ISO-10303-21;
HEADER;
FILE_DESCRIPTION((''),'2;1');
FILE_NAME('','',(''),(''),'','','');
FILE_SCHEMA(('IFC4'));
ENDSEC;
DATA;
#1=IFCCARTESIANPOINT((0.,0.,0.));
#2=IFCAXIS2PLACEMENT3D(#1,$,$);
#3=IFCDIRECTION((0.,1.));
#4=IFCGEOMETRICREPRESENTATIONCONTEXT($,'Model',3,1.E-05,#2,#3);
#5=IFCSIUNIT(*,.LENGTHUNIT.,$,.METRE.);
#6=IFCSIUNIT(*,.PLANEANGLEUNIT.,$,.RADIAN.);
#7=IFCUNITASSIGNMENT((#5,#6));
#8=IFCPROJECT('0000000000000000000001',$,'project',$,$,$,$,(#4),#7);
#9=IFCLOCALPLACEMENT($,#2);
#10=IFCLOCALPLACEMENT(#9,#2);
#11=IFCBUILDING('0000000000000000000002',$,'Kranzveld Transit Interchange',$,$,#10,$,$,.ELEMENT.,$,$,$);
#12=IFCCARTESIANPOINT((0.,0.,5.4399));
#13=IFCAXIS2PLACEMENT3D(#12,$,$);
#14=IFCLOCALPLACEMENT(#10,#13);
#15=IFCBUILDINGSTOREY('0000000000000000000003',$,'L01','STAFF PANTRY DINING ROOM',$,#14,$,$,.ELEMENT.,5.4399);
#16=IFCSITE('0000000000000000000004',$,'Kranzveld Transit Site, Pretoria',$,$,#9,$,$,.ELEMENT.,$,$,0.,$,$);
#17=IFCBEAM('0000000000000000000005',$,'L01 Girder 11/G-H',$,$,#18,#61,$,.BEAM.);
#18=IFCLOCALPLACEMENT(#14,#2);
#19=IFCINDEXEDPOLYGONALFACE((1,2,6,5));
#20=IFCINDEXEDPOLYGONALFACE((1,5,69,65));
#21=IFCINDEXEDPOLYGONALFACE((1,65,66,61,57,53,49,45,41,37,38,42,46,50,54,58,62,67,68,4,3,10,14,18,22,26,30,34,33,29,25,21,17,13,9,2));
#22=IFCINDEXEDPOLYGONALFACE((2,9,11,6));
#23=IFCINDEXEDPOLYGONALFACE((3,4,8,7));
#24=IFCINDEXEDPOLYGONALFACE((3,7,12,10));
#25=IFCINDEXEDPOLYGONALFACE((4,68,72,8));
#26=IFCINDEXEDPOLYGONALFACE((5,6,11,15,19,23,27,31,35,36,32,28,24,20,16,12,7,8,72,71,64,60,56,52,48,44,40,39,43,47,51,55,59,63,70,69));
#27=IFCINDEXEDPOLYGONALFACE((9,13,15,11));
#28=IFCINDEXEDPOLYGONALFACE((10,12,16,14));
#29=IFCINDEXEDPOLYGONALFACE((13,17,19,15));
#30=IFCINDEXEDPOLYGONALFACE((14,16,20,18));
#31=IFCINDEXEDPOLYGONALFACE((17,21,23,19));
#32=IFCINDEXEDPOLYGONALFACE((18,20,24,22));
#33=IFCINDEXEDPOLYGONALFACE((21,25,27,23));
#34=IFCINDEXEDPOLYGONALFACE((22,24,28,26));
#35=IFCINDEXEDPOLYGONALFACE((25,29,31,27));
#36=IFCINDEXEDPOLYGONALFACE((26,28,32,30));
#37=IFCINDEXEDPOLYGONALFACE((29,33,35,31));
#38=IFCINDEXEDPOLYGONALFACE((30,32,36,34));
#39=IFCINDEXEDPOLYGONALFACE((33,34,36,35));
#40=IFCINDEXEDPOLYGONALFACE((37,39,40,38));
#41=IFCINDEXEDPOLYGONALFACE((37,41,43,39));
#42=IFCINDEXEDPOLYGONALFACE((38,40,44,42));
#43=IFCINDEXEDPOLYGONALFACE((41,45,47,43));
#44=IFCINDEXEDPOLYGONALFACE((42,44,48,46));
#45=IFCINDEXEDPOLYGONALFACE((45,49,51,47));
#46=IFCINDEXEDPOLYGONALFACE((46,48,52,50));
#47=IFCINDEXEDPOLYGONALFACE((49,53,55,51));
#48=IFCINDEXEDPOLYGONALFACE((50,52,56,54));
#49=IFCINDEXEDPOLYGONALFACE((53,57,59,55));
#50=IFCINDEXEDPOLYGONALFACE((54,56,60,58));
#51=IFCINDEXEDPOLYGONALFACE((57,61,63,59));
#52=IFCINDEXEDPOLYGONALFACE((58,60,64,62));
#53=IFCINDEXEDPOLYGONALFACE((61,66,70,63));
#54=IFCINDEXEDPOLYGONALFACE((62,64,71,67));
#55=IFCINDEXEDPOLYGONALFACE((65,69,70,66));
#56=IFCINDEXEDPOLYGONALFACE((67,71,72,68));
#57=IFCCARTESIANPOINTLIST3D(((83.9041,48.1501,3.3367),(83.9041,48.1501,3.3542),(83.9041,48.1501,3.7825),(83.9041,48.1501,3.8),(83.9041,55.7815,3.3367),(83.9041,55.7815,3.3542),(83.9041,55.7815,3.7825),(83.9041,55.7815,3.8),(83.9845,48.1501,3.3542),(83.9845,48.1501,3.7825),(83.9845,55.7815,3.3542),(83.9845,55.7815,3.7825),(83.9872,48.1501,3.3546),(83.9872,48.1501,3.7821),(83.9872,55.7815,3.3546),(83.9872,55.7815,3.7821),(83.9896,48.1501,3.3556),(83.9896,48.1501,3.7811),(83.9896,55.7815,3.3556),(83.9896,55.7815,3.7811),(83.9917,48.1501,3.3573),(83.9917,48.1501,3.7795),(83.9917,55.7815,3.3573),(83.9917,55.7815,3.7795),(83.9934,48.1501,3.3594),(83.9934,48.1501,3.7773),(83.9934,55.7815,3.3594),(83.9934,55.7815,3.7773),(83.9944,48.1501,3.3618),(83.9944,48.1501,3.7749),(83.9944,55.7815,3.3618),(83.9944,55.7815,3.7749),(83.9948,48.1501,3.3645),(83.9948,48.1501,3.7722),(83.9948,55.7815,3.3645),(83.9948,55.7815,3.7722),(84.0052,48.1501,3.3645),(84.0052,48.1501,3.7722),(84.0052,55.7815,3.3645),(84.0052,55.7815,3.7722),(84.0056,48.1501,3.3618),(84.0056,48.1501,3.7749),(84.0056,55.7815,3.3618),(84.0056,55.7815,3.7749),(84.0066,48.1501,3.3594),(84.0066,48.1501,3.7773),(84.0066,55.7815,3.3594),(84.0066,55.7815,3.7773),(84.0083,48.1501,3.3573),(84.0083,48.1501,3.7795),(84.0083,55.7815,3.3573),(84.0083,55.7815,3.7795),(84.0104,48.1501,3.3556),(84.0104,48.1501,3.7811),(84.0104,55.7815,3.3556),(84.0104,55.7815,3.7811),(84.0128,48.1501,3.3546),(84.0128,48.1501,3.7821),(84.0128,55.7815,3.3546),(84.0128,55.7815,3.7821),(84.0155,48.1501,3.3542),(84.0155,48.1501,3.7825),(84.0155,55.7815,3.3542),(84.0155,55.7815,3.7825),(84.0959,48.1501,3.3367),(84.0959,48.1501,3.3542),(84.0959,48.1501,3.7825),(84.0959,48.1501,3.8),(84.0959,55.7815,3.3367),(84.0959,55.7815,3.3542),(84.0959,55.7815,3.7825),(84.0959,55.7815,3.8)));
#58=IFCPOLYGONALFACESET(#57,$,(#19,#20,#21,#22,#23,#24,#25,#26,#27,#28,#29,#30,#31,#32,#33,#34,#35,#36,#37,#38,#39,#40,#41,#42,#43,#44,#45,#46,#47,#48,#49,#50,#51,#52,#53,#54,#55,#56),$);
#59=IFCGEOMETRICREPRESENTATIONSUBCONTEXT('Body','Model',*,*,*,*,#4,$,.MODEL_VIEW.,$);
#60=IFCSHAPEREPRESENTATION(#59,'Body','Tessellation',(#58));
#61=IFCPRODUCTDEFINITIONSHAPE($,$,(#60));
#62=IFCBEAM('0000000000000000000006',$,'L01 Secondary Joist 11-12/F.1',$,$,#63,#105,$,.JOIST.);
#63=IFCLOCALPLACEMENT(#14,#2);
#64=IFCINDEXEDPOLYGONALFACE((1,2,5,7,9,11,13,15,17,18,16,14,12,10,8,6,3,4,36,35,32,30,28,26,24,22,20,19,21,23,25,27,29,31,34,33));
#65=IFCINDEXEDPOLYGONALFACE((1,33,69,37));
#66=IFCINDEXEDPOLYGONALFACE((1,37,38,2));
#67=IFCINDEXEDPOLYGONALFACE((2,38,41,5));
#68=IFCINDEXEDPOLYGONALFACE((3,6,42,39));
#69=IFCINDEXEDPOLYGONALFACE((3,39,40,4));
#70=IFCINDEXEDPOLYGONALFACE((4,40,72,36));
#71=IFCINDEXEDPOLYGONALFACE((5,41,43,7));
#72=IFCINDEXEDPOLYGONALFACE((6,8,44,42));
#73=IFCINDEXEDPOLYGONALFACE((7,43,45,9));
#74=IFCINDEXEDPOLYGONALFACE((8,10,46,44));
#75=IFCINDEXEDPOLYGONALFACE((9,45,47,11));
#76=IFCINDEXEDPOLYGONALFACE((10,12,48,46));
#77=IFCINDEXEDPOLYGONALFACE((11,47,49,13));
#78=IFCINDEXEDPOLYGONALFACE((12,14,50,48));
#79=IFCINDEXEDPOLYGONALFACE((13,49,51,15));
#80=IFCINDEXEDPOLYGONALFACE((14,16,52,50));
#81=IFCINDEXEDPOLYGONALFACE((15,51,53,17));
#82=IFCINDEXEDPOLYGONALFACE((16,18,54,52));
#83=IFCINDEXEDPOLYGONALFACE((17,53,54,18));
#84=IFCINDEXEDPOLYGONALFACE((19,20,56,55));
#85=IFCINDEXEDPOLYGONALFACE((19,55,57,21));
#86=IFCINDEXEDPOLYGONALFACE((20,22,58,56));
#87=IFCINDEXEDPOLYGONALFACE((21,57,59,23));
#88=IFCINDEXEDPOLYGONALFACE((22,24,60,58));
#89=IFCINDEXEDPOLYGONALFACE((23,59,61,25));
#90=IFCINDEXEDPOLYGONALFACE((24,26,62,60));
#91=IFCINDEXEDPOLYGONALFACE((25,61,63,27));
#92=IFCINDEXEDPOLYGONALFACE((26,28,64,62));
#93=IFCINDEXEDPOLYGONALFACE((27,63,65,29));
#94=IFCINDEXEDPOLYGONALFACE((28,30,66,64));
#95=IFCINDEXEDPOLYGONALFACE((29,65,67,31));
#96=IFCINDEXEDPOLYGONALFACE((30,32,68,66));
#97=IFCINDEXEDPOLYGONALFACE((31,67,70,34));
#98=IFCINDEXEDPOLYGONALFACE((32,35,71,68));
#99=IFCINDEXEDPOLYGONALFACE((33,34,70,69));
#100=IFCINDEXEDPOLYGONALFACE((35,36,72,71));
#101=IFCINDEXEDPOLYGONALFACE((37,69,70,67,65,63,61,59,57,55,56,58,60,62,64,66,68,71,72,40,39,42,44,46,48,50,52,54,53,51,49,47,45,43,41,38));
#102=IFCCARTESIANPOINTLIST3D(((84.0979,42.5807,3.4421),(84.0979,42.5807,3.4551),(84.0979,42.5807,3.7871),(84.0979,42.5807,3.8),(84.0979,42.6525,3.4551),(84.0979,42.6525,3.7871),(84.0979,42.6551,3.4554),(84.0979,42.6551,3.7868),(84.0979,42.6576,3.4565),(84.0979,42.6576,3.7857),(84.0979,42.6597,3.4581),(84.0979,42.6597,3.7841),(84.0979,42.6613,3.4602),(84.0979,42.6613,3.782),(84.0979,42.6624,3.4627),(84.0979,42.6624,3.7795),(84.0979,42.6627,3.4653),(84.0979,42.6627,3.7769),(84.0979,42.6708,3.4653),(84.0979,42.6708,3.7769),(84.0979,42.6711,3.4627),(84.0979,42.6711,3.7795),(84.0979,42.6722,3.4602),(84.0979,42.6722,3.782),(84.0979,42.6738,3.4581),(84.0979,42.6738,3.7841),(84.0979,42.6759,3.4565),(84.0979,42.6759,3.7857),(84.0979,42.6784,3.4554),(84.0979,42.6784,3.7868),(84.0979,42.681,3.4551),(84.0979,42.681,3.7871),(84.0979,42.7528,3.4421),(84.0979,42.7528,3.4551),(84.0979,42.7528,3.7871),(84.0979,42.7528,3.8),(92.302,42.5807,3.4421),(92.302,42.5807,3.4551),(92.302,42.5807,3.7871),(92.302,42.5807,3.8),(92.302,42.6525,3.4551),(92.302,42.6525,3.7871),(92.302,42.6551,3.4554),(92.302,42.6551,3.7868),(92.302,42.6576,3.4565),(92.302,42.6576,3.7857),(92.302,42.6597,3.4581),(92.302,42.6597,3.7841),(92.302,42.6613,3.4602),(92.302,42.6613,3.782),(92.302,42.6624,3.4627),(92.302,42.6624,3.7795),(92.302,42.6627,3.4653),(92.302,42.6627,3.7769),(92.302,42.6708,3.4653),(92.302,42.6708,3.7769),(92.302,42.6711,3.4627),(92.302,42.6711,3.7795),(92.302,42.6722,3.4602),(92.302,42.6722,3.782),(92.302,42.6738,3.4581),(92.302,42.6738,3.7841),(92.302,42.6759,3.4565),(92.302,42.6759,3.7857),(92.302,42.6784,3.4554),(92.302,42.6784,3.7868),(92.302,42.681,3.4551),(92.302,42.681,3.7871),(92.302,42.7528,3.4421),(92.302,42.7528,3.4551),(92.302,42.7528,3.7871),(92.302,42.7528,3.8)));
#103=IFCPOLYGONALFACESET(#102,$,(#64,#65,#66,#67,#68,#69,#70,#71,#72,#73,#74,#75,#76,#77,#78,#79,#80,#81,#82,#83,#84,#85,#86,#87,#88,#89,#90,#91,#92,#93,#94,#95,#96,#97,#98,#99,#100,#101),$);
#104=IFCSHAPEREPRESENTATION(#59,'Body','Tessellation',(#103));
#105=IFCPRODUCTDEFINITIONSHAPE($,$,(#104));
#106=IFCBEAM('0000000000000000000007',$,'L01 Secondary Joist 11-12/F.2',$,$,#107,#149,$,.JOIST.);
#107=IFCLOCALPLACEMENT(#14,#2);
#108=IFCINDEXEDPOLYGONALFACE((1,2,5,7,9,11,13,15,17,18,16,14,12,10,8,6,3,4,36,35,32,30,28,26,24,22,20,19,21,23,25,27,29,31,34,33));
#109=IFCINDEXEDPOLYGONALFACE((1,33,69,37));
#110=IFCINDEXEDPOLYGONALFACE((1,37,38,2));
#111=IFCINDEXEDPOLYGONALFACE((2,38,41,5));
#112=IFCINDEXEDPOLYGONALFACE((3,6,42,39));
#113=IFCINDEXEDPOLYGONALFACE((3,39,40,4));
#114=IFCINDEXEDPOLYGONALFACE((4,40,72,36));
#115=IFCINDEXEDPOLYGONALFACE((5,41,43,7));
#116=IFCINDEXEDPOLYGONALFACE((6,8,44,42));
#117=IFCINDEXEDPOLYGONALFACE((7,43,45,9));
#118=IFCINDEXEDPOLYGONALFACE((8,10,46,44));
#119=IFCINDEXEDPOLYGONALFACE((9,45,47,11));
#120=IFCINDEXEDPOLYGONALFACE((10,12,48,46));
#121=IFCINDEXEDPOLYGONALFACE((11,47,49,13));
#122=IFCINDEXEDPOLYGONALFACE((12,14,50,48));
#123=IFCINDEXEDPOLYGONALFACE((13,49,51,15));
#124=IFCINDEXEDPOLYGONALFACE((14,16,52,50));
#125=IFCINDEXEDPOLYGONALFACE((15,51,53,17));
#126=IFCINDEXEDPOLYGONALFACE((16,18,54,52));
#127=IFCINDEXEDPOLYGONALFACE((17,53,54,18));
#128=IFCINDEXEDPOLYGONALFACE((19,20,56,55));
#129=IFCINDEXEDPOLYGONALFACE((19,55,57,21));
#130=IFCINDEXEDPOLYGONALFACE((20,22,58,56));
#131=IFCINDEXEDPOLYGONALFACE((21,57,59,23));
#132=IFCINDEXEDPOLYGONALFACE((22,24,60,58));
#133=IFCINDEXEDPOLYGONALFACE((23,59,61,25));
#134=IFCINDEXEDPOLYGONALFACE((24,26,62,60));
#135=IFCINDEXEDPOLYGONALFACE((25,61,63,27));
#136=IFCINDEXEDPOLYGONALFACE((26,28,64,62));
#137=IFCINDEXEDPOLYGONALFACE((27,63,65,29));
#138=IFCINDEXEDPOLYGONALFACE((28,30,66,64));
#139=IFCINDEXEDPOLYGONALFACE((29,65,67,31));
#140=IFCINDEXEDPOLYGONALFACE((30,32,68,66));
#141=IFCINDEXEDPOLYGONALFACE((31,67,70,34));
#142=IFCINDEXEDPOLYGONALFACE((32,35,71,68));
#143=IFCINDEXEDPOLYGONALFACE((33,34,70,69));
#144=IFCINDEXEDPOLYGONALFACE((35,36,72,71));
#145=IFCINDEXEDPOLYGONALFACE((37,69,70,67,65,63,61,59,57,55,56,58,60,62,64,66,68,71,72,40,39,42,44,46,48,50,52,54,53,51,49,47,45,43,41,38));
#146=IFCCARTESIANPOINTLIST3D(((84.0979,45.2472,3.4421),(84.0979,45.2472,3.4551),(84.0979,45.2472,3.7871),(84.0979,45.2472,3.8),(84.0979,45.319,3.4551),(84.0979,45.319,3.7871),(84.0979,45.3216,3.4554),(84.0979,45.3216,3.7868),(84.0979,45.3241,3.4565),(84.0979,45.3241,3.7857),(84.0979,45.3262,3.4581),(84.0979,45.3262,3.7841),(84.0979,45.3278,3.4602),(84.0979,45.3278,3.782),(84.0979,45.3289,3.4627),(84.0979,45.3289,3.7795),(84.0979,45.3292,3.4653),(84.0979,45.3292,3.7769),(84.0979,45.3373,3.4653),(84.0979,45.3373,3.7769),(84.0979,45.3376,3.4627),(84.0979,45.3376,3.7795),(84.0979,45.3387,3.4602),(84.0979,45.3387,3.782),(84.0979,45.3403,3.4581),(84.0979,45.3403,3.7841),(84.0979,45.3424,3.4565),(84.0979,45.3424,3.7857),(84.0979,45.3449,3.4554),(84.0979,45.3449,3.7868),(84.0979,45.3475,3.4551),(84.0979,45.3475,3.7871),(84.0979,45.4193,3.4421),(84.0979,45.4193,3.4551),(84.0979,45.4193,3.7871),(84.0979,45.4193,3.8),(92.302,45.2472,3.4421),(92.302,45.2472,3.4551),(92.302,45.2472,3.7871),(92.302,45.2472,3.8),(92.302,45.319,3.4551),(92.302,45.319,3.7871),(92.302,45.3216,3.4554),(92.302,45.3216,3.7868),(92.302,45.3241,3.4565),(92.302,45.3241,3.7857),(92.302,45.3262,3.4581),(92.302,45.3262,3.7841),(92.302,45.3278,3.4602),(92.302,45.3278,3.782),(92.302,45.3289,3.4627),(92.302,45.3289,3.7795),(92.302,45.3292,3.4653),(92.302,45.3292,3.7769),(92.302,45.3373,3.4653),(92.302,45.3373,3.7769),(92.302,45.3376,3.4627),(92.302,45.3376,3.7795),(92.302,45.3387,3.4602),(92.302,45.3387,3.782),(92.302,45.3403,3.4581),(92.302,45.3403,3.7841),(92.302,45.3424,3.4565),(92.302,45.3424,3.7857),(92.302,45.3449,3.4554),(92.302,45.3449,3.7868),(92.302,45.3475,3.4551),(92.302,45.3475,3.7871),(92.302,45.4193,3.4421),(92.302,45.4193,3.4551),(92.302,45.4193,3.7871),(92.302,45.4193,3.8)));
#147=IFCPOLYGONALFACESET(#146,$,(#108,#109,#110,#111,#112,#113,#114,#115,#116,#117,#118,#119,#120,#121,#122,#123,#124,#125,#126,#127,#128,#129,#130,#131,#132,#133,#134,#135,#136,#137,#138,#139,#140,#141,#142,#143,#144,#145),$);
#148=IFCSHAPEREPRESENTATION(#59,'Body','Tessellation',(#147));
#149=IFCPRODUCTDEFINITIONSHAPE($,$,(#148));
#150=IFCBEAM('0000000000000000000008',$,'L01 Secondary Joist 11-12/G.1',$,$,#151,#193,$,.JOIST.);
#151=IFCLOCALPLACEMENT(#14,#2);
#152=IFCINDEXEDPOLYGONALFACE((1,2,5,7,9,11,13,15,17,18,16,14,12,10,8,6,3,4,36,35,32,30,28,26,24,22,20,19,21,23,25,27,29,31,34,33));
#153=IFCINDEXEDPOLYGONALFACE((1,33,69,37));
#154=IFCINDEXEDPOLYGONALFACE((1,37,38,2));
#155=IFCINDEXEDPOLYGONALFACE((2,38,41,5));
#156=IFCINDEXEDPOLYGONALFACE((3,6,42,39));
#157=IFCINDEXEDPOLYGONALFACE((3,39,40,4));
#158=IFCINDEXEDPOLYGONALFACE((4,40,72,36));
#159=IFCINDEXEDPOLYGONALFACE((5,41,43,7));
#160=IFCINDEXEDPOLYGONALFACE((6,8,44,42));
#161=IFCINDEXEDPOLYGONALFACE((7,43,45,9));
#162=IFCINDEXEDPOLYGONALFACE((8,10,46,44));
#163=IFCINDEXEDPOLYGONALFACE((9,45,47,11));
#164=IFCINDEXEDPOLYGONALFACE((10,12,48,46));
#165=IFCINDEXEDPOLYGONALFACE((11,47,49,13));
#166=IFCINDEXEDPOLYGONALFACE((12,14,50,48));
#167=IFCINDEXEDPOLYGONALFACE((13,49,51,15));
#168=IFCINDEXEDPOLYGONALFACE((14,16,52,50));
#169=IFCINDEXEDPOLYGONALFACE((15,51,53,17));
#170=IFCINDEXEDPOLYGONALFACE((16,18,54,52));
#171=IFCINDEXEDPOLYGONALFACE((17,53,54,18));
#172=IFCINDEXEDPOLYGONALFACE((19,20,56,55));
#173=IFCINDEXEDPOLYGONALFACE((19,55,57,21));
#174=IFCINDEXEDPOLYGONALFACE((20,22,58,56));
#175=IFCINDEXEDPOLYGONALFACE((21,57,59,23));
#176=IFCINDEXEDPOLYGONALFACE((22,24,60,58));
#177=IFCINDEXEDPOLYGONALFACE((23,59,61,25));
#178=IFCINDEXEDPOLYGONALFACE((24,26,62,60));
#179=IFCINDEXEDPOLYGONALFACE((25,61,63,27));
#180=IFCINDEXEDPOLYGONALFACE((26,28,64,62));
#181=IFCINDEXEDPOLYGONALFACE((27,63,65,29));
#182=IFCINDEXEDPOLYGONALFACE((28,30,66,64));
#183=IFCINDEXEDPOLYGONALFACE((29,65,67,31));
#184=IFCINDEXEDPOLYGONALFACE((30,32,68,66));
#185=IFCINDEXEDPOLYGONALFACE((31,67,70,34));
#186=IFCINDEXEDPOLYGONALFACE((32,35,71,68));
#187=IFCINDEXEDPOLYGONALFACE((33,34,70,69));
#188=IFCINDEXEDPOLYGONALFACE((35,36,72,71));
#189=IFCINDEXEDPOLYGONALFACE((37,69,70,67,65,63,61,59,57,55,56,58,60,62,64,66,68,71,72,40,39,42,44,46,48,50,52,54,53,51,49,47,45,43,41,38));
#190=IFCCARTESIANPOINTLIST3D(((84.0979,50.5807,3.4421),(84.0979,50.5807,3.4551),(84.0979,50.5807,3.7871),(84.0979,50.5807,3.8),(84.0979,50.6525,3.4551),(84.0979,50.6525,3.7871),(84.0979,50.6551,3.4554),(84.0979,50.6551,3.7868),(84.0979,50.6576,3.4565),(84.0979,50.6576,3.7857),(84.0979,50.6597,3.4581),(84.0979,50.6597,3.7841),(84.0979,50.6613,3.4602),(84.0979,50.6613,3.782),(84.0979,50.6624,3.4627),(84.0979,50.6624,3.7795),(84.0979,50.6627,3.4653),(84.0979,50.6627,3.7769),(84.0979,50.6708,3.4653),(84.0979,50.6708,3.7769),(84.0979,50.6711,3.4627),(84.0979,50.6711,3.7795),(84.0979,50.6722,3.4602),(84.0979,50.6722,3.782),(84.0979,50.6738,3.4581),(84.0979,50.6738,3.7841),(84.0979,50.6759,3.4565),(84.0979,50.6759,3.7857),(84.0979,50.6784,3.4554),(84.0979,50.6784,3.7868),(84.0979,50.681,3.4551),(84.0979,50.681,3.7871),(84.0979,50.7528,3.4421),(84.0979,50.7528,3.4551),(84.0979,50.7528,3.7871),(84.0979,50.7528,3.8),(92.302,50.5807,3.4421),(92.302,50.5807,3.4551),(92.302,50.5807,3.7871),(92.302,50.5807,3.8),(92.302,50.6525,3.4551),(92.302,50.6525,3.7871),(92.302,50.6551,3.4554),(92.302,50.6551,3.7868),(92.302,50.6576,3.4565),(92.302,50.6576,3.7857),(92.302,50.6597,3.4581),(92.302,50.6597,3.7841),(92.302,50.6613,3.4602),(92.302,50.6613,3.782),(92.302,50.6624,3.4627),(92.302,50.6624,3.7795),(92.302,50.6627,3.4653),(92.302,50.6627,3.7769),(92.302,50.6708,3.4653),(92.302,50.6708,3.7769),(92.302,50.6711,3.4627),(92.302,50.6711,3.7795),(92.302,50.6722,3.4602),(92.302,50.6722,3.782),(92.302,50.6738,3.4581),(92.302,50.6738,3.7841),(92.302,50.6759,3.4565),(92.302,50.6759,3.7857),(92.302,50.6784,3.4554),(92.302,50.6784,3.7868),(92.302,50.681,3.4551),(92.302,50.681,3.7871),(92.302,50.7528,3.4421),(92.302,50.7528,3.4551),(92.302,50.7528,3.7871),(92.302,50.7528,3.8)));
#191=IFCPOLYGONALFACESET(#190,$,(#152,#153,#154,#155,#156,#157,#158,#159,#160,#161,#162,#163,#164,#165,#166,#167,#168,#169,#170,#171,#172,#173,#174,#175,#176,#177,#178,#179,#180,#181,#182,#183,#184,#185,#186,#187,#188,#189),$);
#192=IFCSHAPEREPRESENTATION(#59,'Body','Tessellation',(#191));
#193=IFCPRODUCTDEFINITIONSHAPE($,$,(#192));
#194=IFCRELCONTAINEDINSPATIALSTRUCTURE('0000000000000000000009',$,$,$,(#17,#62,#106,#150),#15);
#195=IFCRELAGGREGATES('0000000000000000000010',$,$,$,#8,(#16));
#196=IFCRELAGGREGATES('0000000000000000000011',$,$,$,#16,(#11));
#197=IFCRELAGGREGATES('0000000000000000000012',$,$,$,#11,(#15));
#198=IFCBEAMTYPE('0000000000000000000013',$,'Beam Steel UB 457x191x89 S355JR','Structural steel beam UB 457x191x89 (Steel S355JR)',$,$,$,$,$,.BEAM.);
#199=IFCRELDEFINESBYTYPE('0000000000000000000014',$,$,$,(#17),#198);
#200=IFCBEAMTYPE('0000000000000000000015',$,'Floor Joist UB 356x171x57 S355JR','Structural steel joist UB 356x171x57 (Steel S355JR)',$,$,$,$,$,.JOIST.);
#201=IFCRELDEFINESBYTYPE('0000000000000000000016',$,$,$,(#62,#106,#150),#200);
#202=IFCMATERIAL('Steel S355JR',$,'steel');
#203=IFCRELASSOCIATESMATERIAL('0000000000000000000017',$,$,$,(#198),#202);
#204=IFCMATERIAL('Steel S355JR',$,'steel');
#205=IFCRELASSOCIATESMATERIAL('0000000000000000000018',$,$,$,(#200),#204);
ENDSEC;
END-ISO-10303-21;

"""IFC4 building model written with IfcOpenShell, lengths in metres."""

from ifc_helpers import new_model, si_unit, direction, frame, origin, origin_2d, place, context, subcontext, project, spatial, i_section, extrude, material, material_profile, profile_set, type_object, element, save


model = new_model("IFC4")

# Units and contexts
model_context = context("Model", 3, precision=1e-05, world=origin(), true_north=direction((0.0, 1.0)))
body_context = subcontext(model_context, "Body", "Model", "MODEL_VIEW")
ifc_project = project(units=[si_unit("LENGTHUNIT", "METRE"), si_unit("PLANEANGLEUNIT", "RADIAN")], contexts=[model_context])

# Site, building, storey
site_placement = place(None, origin())
site = spatial("IfcSite", under=ifc_project, at=site_placement, Name="Kranzveld Transit Site, Pretoria", CompositionType="ELEMENT", RefElevation=0.0)
building_placement = place(site_placement, origin())
building = spatial("IfcBuilding", under=site, at=building_placement, Name="Kranzveld Transit Interchange", CompositionType="ELEMENT")
storey_placement = place(building_placement, frame((0.0, 0.0, 5.4399)))
storey = spatial("IfcBuildingStorey", under=building, at=storey_placement, Name="L01", Description="STAFF PANTRY DINING ROOM", CompositionType="ELEMENT", Elevation=5.4399)

# Beams
ifc_material_1 = material(Name="Steel S355JR", Category="steel")
ifc_material_profile_1 = material_profile(ifc_material_1, i_section(OverallWidth=0.1919, OverallDepth=0.4634, WebThickness=0.0105, FlangeThickness=0.0176, FilletRadius=0.0103, at=origin_2d()), Name="UB 457x191x89")
ifc_profile_set_1 = profile_set([ifc_material_profile_1], Name="Steel S355JR")
beam_type_1 = type_object("IfcBeamType", Name="Beam Steel UB 457x191x89 S355JR", Description="Structural steel beam UB 457x191x89 (Steel S355JR)", PredefinedType="BEAM", material=ifc_profile_set_1)
beam_1_placement = place(storey_placement, frame((84.0, 48.1501, 3.5684), z_axis=(0.0, 1.0, 0.0), x_axis=(-1.0, 0.0, 0.0)))
element("IfcBeam", 1, at=beam_1_placement, inside=storey, type_object=beam_type_1, Name="L01 Girder 11/G-H", PredefinedType="BEAM", context=body_context, shape_type="SweptSolid", body=[
    extrude(i_section(OverallWidth=0.1919, OverallDepth=0.4634, WebThickness=0.0105, FlangeThickness=0.0176, FilletRadius=0.0103, at=origin_2d()), origin(), (0.0, 0.0, 1.0), 7.6313),
])
ifc_material_2 = material(Name="Steel S355JR", Category="steel")
ifc_material_profile_2 = material_profile(ifc_material_2, i_section(OverallWidth=0.1721, OverallDepth=0.3579, WebThickness=0.0081, FlangeThickness=0.0129, FilletRadius=0.0103, at=origin_2d()), Name="UB 356x171x57")
ifc_profile_set_2 = profile_set([ifc_material_profile_2], Name="Steel S355JR")
beam_type_2 = type_object("IfcBeamType", Name="Floor Joist UB 356x171x57 S355JR", Description="Structural steel joist UB 356x171x57 (Steel S355JR)", PredefinedType="JOIST", material=ifc_profile_set_2)
for number, where, z_axis, x_axis, name in (
    (2, (84.0979, 42.6667, 3.6211), (1.0, 0.0, 0.0), (0.0, 1.0, 0.0), "L01 Secondary Joist 11-12/F.1"),
    (3, (84.0979, 45.3333, 3.6211), (1.0, 0.0, 0.0), (0.0, 1.0, 0.0), "L01 Secondary Joist 11-12/F.2"),
    (4, (84.0979, 50.6667, 3.6211), (1.0, 0.0, 0.0), (0.0, 1.0, 0.0), "L01 Secondary Joist 11-12/G.1"),
):
    element("IfcBeam", number, at=place(storey_placement, frame(where, z_axis=z_axis, x_axis=x_axis)), inside=storey, type_object=beam_type_2, Name=name, PredefinedType="JOIST", context=body_context, shape_type="SweptSolid", body=[
        extrude(i_section(OverallWidth=0.1721, OverallDepth=0.3579, WebThickness=0.0081, FlangeThickness=0.0129, FilletRadius=0.0103, at=origin_2d()), origin(), (0.0, 0.0, 1.0), 8.2041),
    ])

save(model, "model.ifc")
